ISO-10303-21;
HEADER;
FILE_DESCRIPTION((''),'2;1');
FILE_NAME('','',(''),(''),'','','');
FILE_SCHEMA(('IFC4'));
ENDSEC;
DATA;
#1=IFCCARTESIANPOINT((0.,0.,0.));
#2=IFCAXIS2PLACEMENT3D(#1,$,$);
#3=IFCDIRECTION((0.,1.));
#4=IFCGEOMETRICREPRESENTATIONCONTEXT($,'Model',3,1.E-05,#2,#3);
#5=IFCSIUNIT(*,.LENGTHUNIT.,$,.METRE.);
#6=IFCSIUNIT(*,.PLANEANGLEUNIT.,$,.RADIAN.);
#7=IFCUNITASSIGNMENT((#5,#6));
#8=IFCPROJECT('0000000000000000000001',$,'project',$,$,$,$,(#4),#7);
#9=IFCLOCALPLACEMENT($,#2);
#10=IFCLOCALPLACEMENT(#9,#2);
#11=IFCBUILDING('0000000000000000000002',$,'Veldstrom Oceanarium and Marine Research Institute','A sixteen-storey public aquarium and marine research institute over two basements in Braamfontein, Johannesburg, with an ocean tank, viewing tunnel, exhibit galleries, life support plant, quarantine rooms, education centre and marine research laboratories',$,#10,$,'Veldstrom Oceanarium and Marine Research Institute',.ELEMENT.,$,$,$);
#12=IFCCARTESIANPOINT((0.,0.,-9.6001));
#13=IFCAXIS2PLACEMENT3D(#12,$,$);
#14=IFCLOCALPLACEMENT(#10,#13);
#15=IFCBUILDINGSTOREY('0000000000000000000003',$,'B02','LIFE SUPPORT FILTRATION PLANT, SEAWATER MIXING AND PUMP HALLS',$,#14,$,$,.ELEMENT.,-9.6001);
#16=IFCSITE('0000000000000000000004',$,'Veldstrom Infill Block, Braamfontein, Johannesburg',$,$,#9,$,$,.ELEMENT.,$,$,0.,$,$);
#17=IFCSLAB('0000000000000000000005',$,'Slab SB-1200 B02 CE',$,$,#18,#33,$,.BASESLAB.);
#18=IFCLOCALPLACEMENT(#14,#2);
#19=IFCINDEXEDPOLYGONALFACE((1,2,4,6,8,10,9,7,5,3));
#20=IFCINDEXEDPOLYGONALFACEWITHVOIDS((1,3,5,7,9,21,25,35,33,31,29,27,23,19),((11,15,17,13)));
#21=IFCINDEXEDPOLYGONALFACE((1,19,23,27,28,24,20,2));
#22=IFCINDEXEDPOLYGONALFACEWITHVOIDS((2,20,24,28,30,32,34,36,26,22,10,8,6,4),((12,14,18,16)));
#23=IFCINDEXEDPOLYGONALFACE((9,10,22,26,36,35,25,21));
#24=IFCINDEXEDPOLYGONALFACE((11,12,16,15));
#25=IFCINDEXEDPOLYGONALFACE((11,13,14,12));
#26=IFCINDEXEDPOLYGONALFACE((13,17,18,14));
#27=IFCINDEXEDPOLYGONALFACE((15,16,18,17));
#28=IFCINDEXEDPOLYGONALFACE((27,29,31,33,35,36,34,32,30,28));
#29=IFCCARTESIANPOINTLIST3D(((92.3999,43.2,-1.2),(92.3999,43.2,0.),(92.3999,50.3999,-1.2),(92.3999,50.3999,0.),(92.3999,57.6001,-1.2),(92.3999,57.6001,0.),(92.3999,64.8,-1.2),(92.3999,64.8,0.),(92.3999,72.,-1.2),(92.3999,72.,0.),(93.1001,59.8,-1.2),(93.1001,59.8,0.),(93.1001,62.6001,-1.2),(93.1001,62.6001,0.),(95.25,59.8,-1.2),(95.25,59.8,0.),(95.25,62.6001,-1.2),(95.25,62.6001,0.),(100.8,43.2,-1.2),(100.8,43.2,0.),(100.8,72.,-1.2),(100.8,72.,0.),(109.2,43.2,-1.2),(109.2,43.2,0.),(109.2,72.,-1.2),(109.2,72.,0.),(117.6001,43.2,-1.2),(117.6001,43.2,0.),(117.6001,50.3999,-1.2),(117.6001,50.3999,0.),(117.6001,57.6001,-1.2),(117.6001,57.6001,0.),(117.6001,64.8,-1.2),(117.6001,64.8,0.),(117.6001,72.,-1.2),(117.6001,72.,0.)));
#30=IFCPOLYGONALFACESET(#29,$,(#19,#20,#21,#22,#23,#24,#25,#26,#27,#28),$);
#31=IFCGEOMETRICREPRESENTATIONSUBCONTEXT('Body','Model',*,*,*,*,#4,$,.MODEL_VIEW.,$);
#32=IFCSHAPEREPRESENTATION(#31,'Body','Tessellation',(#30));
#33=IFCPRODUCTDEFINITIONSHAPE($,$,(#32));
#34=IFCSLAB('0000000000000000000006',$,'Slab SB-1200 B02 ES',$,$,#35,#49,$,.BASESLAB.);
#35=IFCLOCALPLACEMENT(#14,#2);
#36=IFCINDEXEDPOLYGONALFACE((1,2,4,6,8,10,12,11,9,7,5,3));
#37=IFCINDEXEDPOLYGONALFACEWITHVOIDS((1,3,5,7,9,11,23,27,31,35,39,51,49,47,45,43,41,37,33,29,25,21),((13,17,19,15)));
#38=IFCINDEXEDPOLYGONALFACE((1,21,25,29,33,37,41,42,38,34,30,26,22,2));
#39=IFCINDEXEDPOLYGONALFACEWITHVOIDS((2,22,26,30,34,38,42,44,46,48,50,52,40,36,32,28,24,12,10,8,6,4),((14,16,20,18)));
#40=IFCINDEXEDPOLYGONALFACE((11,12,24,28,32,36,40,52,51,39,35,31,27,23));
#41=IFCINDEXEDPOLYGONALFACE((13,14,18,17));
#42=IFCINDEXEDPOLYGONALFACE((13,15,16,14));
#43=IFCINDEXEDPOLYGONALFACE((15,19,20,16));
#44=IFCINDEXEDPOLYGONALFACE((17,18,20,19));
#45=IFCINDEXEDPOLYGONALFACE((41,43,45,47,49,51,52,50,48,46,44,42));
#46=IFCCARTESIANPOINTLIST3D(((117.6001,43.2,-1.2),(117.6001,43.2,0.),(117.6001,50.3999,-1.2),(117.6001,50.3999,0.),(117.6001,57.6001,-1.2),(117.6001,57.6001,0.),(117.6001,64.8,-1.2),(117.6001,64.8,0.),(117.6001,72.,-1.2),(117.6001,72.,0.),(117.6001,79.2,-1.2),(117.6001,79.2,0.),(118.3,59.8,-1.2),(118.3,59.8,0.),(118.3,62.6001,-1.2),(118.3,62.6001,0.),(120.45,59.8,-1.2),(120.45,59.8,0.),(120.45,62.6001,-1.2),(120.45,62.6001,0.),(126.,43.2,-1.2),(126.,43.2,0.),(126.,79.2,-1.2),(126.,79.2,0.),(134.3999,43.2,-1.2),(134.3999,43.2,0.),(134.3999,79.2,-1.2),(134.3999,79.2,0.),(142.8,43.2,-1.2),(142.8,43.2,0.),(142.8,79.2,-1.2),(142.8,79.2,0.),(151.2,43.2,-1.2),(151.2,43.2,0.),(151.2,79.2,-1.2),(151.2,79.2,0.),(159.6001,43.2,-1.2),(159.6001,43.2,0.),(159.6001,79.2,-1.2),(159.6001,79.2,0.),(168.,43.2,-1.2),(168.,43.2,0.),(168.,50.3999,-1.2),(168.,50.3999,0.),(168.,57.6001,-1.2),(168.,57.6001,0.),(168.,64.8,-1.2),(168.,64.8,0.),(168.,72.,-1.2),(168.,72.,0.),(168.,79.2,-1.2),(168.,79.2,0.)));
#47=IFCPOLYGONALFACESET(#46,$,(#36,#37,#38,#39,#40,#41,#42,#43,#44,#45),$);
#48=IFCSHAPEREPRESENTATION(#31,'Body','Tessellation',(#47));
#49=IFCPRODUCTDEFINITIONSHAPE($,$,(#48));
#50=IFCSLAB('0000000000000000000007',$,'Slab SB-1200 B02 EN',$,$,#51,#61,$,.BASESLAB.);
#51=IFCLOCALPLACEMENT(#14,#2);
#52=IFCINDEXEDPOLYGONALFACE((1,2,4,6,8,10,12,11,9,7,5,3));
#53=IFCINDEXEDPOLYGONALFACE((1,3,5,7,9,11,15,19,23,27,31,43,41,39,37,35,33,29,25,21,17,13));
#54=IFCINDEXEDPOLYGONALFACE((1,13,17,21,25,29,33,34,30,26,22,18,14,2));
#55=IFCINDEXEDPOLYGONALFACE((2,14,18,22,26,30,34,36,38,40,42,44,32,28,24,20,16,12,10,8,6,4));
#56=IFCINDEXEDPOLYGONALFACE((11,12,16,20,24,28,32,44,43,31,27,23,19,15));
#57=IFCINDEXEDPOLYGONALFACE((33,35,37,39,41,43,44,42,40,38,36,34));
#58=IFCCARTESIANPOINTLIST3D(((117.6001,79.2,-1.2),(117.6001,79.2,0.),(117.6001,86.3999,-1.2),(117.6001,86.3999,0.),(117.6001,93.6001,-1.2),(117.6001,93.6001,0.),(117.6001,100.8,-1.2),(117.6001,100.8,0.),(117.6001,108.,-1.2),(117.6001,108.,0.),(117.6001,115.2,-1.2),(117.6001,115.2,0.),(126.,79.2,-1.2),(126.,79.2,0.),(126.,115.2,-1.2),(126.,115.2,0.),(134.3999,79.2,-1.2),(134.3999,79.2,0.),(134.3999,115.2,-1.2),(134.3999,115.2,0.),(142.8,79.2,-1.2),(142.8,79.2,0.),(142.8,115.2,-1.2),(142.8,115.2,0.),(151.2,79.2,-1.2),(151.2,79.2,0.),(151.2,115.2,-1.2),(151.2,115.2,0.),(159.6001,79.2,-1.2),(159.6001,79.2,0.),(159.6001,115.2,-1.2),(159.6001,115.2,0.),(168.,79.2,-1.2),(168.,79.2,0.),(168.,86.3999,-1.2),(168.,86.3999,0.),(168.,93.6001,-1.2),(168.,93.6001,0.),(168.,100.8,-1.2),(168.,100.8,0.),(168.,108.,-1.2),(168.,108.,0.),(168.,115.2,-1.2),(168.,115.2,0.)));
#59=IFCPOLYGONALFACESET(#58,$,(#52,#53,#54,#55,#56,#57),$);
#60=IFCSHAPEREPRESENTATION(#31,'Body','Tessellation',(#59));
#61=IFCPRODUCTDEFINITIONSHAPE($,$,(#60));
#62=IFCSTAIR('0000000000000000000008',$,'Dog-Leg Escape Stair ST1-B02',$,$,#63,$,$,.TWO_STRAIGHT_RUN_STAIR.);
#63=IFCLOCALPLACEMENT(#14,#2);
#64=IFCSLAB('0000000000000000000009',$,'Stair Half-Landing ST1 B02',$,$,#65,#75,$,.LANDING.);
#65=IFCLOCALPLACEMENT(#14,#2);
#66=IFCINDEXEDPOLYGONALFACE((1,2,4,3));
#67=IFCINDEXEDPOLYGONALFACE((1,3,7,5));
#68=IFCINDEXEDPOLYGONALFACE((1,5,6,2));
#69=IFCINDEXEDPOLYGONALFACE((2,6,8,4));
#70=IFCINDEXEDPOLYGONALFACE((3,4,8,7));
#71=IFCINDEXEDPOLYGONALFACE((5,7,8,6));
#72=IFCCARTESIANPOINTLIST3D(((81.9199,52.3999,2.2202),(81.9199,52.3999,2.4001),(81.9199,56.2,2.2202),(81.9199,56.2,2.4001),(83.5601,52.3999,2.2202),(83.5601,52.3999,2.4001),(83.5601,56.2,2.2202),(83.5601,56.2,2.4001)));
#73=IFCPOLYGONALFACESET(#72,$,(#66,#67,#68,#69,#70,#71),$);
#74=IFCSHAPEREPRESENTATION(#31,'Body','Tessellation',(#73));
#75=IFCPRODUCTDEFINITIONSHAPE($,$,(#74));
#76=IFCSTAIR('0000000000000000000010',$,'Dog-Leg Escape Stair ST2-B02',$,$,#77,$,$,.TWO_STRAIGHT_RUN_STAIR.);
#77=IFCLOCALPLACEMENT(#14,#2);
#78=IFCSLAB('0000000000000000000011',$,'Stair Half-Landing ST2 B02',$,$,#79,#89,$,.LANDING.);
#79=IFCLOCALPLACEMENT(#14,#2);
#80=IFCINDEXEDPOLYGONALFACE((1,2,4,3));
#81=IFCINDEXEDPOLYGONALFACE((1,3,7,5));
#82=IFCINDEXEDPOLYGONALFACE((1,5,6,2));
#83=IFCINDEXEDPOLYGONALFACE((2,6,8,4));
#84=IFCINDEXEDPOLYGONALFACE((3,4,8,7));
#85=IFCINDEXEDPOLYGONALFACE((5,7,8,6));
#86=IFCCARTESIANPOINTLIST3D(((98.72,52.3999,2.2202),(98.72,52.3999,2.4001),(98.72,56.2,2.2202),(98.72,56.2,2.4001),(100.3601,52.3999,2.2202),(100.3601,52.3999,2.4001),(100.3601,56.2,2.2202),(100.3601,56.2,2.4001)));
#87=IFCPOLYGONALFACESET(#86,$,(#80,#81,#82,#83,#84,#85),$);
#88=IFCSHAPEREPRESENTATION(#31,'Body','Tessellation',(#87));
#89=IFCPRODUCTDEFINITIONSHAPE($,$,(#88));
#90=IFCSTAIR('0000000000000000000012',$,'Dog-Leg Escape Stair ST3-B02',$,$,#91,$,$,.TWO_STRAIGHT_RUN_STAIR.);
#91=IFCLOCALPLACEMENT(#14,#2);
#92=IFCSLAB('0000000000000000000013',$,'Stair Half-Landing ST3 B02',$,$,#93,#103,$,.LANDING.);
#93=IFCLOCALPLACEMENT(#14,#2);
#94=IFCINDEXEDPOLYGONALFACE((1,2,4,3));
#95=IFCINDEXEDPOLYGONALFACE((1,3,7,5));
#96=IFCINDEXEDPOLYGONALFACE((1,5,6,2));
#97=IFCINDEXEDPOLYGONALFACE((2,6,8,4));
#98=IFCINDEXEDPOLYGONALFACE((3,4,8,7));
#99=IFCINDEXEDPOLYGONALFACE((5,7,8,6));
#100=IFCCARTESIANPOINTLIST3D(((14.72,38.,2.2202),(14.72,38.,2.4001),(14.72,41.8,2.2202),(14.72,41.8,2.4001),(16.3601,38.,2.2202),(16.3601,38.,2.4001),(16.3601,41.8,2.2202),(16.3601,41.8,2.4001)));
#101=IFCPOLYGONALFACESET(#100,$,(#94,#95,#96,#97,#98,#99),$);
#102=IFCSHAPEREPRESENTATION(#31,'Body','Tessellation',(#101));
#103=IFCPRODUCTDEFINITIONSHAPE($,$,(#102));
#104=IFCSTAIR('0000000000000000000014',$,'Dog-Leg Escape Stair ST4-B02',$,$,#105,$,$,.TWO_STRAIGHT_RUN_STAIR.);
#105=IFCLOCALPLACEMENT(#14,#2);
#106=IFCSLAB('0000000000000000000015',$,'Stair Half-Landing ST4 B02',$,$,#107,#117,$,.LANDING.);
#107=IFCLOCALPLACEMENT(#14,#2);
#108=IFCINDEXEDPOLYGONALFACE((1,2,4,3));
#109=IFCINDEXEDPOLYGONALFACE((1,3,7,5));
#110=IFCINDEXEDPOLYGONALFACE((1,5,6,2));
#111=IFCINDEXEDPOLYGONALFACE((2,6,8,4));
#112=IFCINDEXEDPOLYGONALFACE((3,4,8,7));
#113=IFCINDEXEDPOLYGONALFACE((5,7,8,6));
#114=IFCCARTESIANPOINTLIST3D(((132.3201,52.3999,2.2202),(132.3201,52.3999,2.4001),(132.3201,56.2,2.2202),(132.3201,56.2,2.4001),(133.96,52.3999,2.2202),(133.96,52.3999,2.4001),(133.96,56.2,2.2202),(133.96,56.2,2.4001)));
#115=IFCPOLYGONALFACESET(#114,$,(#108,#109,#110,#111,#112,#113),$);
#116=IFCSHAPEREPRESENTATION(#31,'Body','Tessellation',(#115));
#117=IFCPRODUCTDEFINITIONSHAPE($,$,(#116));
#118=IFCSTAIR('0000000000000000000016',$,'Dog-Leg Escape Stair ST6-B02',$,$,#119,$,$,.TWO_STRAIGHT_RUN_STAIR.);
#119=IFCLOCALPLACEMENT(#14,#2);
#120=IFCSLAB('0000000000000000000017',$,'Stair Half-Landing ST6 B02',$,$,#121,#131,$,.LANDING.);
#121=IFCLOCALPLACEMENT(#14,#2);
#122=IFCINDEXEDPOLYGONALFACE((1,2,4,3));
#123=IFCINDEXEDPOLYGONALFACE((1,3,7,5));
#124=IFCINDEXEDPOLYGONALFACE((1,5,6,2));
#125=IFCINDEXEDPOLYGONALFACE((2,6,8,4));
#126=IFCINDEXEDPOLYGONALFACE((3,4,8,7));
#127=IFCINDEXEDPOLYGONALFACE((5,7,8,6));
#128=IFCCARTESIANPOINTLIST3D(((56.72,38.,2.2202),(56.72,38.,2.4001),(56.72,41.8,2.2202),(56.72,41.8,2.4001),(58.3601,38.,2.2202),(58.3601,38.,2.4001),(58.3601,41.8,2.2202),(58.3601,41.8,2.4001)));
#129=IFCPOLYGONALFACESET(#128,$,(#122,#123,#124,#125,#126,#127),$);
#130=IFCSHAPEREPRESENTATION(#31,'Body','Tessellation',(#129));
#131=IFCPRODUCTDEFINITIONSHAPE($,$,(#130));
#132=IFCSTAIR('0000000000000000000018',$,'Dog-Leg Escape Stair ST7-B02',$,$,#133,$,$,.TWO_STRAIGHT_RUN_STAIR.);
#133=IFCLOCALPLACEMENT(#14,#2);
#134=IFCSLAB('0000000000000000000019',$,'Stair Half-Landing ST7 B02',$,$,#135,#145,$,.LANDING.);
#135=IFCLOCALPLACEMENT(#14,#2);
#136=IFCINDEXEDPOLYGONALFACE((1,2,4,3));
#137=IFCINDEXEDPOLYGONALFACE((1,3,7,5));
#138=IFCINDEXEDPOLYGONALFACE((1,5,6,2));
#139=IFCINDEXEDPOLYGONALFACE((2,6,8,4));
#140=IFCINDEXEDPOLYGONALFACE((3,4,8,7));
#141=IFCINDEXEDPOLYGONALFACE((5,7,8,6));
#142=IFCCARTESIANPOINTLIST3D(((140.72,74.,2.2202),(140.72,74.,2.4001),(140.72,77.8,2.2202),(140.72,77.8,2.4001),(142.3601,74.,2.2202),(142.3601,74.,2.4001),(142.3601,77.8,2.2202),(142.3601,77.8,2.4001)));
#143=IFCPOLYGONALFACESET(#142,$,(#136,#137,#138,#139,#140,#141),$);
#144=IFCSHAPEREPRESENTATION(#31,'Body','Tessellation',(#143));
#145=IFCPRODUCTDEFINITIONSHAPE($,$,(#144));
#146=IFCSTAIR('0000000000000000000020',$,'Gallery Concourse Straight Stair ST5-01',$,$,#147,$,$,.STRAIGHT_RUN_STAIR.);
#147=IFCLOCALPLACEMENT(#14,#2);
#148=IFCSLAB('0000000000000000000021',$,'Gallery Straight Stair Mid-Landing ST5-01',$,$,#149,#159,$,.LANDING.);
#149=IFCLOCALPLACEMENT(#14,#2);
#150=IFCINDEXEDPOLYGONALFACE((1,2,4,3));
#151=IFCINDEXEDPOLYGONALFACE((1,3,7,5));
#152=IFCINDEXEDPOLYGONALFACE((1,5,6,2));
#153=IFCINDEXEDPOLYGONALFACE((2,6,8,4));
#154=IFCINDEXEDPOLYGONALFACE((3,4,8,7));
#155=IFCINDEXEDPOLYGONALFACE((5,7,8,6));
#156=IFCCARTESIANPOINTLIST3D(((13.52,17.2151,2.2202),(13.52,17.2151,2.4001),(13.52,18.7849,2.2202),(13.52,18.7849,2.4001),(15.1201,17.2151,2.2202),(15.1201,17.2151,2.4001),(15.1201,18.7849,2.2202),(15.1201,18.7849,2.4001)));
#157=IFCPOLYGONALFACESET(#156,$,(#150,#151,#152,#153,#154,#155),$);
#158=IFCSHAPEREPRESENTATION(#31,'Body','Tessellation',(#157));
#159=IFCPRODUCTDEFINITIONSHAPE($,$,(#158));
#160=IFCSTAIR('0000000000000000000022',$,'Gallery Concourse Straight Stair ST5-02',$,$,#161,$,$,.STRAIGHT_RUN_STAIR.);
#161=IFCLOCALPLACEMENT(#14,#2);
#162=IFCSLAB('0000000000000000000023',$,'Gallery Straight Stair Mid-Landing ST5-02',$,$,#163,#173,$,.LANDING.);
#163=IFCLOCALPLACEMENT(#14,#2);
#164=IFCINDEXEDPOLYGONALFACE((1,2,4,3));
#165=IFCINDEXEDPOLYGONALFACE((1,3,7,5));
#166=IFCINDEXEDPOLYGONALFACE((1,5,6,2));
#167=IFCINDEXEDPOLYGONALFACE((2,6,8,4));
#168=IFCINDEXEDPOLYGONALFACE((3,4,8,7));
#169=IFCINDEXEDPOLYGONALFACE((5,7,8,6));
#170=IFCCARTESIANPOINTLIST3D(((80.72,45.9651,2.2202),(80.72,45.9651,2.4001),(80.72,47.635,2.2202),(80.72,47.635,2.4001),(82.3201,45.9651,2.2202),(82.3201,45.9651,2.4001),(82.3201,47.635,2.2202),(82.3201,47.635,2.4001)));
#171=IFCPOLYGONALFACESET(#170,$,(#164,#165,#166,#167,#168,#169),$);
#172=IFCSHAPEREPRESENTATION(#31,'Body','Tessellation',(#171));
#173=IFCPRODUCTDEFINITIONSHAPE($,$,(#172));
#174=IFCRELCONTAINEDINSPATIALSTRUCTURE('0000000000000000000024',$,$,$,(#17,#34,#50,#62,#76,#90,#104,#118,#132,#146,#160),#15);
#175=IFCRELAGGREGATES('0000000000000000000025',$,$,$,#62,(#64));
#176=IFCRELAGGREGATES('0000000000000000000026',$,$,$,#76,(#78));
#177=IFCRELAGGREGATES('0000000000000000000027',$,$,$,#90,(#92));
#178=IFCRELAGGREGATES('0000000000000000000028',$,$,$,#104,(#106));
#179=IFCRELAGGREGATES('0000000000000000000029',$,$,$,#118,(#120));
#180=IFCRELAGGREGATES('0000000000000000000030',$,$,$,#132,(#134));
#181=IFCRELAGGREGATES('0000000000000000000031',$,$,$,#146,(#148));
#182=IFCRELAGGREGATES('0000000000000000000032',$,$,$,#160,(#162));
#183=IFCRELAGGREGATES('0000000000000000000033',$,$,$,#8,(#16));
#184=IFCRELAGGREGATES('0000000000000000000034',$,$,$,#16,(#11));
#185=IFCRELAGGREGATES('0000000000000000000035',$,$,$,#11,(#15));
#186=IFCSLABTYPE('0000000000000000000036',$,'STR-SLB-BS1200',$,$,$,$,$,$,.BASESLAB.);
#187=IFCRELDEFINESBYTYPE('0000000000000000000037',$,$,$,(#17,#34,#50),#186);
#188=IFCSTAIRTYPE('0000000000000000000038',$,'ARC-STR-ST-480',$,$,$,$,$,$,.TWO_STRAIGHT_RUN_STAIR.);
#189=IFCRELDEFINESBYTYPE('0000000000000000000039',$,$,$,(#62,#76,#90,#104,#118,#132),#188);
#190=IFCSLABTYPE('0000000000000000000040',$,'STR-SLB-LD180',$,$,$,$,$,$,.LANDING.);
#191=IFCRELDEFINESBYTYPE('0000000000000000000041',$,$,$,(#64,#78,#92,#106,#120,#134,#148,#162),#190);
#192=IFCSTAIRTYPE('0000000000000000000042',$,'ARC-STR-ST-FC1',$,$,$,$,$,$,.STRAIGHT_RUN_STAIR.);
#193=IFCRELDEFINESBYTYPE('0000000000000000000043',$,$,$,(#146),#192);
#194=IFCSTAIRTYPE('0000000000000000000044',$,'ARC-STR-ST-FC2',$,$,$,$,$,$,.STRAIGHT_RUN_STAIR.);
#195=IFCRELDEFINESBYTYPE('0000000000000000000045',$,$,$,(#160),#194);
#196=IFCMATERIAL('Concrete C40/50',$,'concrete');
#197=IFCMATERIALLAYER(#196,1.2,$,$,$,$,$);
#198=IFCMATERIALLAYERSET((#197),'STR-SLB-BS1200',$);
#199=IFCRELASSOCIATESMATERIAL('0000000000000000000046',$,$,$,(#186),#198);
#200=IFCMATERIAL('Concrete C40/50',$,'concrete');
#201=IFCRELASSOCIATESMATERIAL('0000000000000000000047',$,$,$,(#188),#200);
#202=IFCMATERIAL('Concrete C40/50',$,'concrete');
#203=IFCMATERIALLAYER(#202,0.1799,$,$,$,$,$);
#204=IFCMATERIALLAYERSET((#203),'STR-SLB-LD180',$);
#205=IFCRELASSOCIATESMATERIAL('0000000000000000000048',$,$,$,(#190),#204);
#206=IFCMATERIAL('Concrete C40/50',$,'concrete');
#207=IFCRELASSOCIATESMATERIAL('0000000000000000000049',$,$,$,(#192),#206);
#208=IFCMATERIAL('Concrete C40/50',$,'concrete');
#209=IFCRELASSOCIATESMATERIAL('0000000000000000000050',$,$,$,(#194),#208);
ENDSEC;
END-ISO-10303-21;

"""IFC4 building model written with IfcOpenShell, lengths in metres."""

from ifc_helpers import new_model, si_unit, direction, frame, origin, place, context, subcontext, project, spatial, polyline, outline, extrude, material, layer, layer_set, type_object, element, aggregate, save


model = new_model("IFC4")

# Units and contexts
model_context = context("Model", 3, precision=1e-05, world=origin(), true_north=direction((0.0, 1.0)))
body_context = subcontext(model_context, "Body", "Model", "MODEL_VIEW")
ifc_project = project(units=[si_unit("LENGTHUNIT", "METRE"), si_unit("PLANEANGLEUNIT", "RADIAN")], contexts=[model_context])

# Site, building, storey
site_placement = place(None, origin())
site = spatial("IfcSite", under=ifc_project, at=site_placement, Name="Veldstrom Infill Block, Braamfontein, Johannesburg", CompositionType="ELEMENT", RefElevation=0.0)
building_placement = place(site_placement, origin())
building = spatial("IfcBuilding", under=site, at=building_placement, Name="Veldstrom Oceanarium and Marine Research Institute", Description="A sixteen-storey public aquarium and marine research institute over two basements in Braamfontein, Johannesburg, with an ocean tank, viewing tunnel, exhibit galleries, life support plant, quarantine rooms, education centre and marine research laboratories", LongName="Veldstrom Oceanarium and Marine Research Institute", CompositionType="ELEMENT")
storey_placement = place(building_placement, frame((0.0, 0.0, -9.6001)))
storey = spatial("IfcBuildingStorey", under=building, at=storey_placement, Name="B02", Description="LIFE SUPPORT FILTRATION PLANT, SEAWATER MIXING AND PUMP HALLS", CompositionType="ELEMENT", Elevation=-9.6001)

# Slabs
ifc_material_1 = material(Name="Concrete C40/50", Category="concrete")
ifc_layer_1 = layer(ifc_material_1, 1.2)
ifc_layer_set_1 = layer_set([ifc_layer_1], Name="STR-SLB-BS1200")
slab_type_1 = type_object("IfcSlabType", Name="STR-SLB-BS1200", PredefinedType="BASESLAB", material=ifc_layer_set_1)
slab_1_placement = place(storey_placement, frame((0.0, 0.0, -1.2)))
element("IfcSlab", 1, at=slab_1_placement, inside=storey, type_object=slab_type_1, Name="Slab SB-1200 B02 CE", PredefinedType="BASESLAB", context=body_context, shape_type="SweptSolid", body=[
    extrude(outline(polyline([(117.6001, 57.6001), (117.6001, 50.3999), (117.6001, 43.2), (109.2, 43.2), (100.8, 43.2), (92.3999, 43.2), (92.3999, 50.3999), (92.3999, 57.6001), (92.3999, 64.8), (92.3999, 72.0), (100.8, 72.0), (109.2, 72.0), (117.6001, 72.0), (117.6001, 64.8), (117.6001, 57.6001)]), holes=[polyline([(93.1001, 59.8), (95.25, 59.8), (95.25, 62.6001), (93.1001, 62.6001), (93.1001, 59.8)])]), origin(), (0.0, 0.0, 1.0), 1.2),
])
slab_2_placement = place(storey_placement, frame((0.0, 0.0, -1.2)))
element("IfcSlab", 2, at=slab_2_placement, inside=storey, type_object=slab_type_1, Name="Slab SB-1200 B02 ES", PredefinedType="BASESLAB", context=body_context, shape_type="SweptSolid", body=[
    extrude(outline(polyline([(168.0, 79.2), (168.0, 72.0), (168.0, 64.8), (168.0, 57.6001), (168.0, 50.3999), (168.0, 43.2), (159.6001, 43.2), (151.2, 43.2), (142.8, 43.2), (134.3999, 43.2), (126.0, 43.2), (117.6001, 43.2), (117.6001, 50.3999), (117.6001, 57.6001), (117.6001, 64.8), (117.6001, 72.0), (117.6001, 79.2), (126.0, 79.2), (134.3999, 79.2), (142.8, 79.2), (151.2, 79.2), (159.6001, 79.2), (168.0, 79.2)]), holes=[polyline([(120.45, 62.6001), (118.3, 62.6001), (118.3, 59.8), (120.45, 59.8), (120.45, 62.6001)])]), origin(), (0.0, 0.0, 1.0), 1.2),
])
slab_3_placement = place(storey_placement, frame((0.0, 0.0, -1.2)))
element("IfcSlab", 3, at=slab_3_placement, inside=storey, type_object=slab_type_1, Name="Slab SB-1200 B02 EN", PredefinedType="BASESLAB", context=body_context, shape_type="SweptSolid", body=[
    extrude(outline(polyline([(168.0, 115.2), (168.0, 108.0), (168.0, 100.8), (168.0, 93.6001), (168.0, 86.3999), (168.0, 79.2), (159.6001, 79.2), (151.2, 79.2), (142.8, 79.2), (134.3999, 79.2), (126.0, 79.2), (117.6001, 79.2), (117.6001, 86.3999), (117.6001, 93.6001), (117.6001, 100.8), (117.6001, 108.0), (117.6001, 115.2), (126.0, 115.2), (134.3999, 115.2), (142.8, 115.2), (151.2, 115.2), (159.6001, 115.2), (168.0, 115.2)])), origin(), (0.0, 0.0, 1.0), 1.2),
])

# Stairs, slabs
ifc_material_2 = material(Name="Concrete C40/50", Category="concrete")
stair_type_1 = type_object("IfcStairType", Name="ARC-STR-ST-480", PredefinedType="TWO_STRAIGHT_RUN_STAIR", material=ifc_material_2)
stair_1_placement = place(storey_placement, origin())
stair_1 = element("IfcStair", 4, at=stair_1_placement, inside=storey, type_object=stair_type_1, Name="Dog-Leg Escape Stair ST1-B02", PredefinedType="TWO_STRAIGHT_RUN_STAIR")
ifc_material_3 = material(Name="Concrete C40/50", Category="concrete")
ifc_layer_2 = layer(ifc_material_3, 0.1799)
ifc_layer_set_2 = layer_set([ifc_layer_2], Name="STR-SLB-LD180")
slab_type_2 = type_object("IfcSlabType", Name="STR-SLB-LD180", PredefinedType="LANDING", material=ifc_layer_set_2)
slab_4_placement = place(storey_placement, frame((0.0, 0.0, 2.2202)))
slab_4 = element("IfcSlab", 5, at=slab_4_placement, type_object=slab_type_2, Name="Stair Half-Landing ST1 B02", PredefinedType="LANDING", context=body_context, shape_type="SweptSolid", body=[
    extrude(outline(polyline([(81.9199, 52.3999), (83.5601, 52.3999), (83.5601, 56.2), (81.9199, 56.2), (81.9199, 52.3999)])), origin(), (0.0, 0.0, 1.0), 0.1799),
])
aggregate(stair_1, [slab_4])
stair_2_placement = place(storey_placement, origin())
stair_2 = element("IfcStair", 6, at=stair_2_placement, inside=storey, type_object=stair_type_1, Name="Dog-Leg Escape Stair ST2-B02", PredefinedType="TWO_STRAIGHT_RUN_STAIR")
slab_5_placement = place(storey_placement, frame((0.0, 0.0, 2.2202)))
slab_5 = element("IfcSlab", 7, at=slab_5_placement, type_object=slab_type_2, Name="Stair Half-Landing ST2 B02", PredefinedType="LANDING", context=body_context, shape_type="SweptSolid", body=[
    extrude(outline(polyline([(98.72, 52.3999), (100.3601, 52.3999), (100.3601, 56.2), (98.72, 56.2), (98.72, 52.3999)])), origin(), (0.0, 0.0, 1.0), 0.1799),
])
aggregate(stair_2, [slab_5])
stair_3_placement = place(storey_placement, origin())
stair_3 = element("IfcStair", 8, at=stair_3_placement, inside=storey, type_object=stair_type_1, Name="Dog-Leg Escape Stair ST3-B02", PredefinedType="TWO_STRAIGHT_RUN_STAIR")
slab_6_placement = place(storey_placement, frame((0.0, 0.0, 2.2202)))
slab_6 = element("IfcSlab", 9, at=slab_6_placement, type_object=slab_type_2, Name="Stair Half-Landing ST3 B02", PredefinedType="LANDING", context=body_context, shape_type="SweptSolid", body=[
    extrude(outline(polyline([(14.72, 38.0), (16.3601, 38.0), (16.3601, 41.8), (14.72, 41.8), (14.72, 38.0)])), origin(), (0.0, 0.0, 1.0), 0.1799),
])
aggregate(stair_3, [slab_6])
stair_4_placement = place(storey_placement, origin())
stair_4 = element("IfcStair", 10, at=stair_4_placement, inside=storey, type_object=stair_type_1, Name="Dog-Leg Escape Stair ST4-B02", PredefinedType="TWO_STRAIGHT_RUN_STAIR")
slab_7_placement = place(storey_placement, frame((0.0, 0.0, 2.2202)))
slab_7 = element("IfcSlab", 11, at=slab_7_placement, type_object=slab_type_2, Name="Stair Half-Landing ST4 B02", PredefinedType="LANDING", context=body_context, shape_type="SweptSolid", body=[
    extrude(outline(polyline([(132.3201, 52.3999), (133.96, 52.3999), (133.96, 56.2), (132.3201, 56.2), (132.3201, 52.3999)])), origin(), (0.0, 0.0, 1.0), 0.1799),
])
aggregate(stair_4, [slab_7])
stair_5_placement = place(storey_placement, origin())
stair_5 = element("IfcStair", 12, at=stair_5_placement, inside=storey, type_object=stair_type_1, Name="Dog-Leg Escape Stair ST6-B02", PredefinedType="TWO_STRAIGHT_RUN_STAIR")
slab_8_placement = place(storey_placement, frame((0.0, 0.0, 2.2202)))
slab_8 = element("IfcSlab", 13, at=slab_8_placement, type_object=slab_type_2, Name="Stair Half-Landing ST6 B02", PredefinedType="LANDING", context=body_context, shape_type="SweptSolid", body=[
    extrude(outline(polyline([(56.72, 38.0), (58.3601, 38.0), (58.3601, 41.8), (56.72, 41.8), (56.72, 38.0)])), origin(), (0.0, 0.0, 1.0), 0.1799),
])
aggregate(stair_5, [slab_8])
stair_6_placement = place(storey_placement, origin())
stair_6 = element("IfcStair", 14, at=stair_6_placement, inside=storey, type_object=stair_type_1, Name="Dog-Leg Escape Stair ST7-B02", PredefinedType="TWO_STRAIGHT_RUN_STAIR")
slab_9_placement = place(storey_placement, frame((0.0, 0.0, 2.2202)))
slab_9 = element("IfcSlab", 15, at=slab_9_placement, type_object=slab_type_2, Name="Stair Half-Landing ST7 B02", PredefinedType="LANDING", context=body_context, shape_type="SweptSolid", body=[
    extrude(outline(polyline([(140.72, 74.0), (142.3601, 74.0), (142.3601, 77.8), (140.72, 77.8), (140.72, 74.0)])), origin(), (0.0, 0.0, 1.0), 0.1799),
])
aggregate(stair_6, [slab_9])
ifc_material_4 = material(Name="Concrete C40/50", Category="concrete")
stair_type_2 = type_object("IfcStairType", Name="ARC-STR-ST-FC1", PredefinedType="STRAIGHT_RUN_STAIR", material=ifc_material_4)
stair_7_placement = place(storey_placement, origin())
stair_7 = element("IfcStair", 16, at=stair_7_placement, inside=storey, type_object=stair_type_2, Name="Gallery Concourse Straight Stair ST5-01", PredefinedType="STRAIGHT_RUN_STAIR")
slab_10_placement = place(storey_placement, frame((0.0, 0.0, 2.2202)))
slab_10 = element("IfcSlab", 17, at=slab_10_placement, type_object=slab_type_2, Name="Gallery Straight Stair Mid-Landing ST5-01", PredefinedType="LANDING", context=body_context, shape_type="SweptSolid", body=[
    extrude(outline(polyline([(13.52, 17.2151), (15.1201, 17.2151), (15.1201, 18.7849), (13.52, 18.7849), (13.52, 17.2151)])), origin(), (0.0, 0.0, 1.0), 0.1799),
])
aggregate(stair_7, [slab_10])
ifc_material_5 = material(Name="Concrete C40/50", Category="concrete")
stair_type_3 = type_object("IfcStairType", Name="ARC-STR-ST-FC2", PredefinedType="STRAIGHT_RUN_STAIR", material=ifc_material_5)
stair_8_placement = place(storey_placement, origin())
stair_8 = element("IfcStair", 18, at=stair_8_placement, inside=storey, type_object=stair_type_3, Name="Gallery Concourse Straight Stair ST5-02", PredefinedType="STRAIGHT_RUN_STAIR")
slab_11_placement = place(storey_placement, frame((0.0, 0.0, 2.2202)))
slab_11 = element("IfcSlab", 19, at=slab_11_placement, type_object=slab_type_2, Name="Gallery Straight Stair Mid-Landing ST5-02", PredefinedType="LANDING", context=body_context, shape_type="SweptSolid", body=[
    extrude(outline(polyline([(80.72, 45.9651), (82.3201, 45.9651), (82.3201, 47.635), (80.72, 47.635), (80.72, 45.9651)])), origin(), (0.0, 0.0, 1.0), 0.1799),
])
aggregate(stair_8, [slab_11])

save(model, "model.ifc")
